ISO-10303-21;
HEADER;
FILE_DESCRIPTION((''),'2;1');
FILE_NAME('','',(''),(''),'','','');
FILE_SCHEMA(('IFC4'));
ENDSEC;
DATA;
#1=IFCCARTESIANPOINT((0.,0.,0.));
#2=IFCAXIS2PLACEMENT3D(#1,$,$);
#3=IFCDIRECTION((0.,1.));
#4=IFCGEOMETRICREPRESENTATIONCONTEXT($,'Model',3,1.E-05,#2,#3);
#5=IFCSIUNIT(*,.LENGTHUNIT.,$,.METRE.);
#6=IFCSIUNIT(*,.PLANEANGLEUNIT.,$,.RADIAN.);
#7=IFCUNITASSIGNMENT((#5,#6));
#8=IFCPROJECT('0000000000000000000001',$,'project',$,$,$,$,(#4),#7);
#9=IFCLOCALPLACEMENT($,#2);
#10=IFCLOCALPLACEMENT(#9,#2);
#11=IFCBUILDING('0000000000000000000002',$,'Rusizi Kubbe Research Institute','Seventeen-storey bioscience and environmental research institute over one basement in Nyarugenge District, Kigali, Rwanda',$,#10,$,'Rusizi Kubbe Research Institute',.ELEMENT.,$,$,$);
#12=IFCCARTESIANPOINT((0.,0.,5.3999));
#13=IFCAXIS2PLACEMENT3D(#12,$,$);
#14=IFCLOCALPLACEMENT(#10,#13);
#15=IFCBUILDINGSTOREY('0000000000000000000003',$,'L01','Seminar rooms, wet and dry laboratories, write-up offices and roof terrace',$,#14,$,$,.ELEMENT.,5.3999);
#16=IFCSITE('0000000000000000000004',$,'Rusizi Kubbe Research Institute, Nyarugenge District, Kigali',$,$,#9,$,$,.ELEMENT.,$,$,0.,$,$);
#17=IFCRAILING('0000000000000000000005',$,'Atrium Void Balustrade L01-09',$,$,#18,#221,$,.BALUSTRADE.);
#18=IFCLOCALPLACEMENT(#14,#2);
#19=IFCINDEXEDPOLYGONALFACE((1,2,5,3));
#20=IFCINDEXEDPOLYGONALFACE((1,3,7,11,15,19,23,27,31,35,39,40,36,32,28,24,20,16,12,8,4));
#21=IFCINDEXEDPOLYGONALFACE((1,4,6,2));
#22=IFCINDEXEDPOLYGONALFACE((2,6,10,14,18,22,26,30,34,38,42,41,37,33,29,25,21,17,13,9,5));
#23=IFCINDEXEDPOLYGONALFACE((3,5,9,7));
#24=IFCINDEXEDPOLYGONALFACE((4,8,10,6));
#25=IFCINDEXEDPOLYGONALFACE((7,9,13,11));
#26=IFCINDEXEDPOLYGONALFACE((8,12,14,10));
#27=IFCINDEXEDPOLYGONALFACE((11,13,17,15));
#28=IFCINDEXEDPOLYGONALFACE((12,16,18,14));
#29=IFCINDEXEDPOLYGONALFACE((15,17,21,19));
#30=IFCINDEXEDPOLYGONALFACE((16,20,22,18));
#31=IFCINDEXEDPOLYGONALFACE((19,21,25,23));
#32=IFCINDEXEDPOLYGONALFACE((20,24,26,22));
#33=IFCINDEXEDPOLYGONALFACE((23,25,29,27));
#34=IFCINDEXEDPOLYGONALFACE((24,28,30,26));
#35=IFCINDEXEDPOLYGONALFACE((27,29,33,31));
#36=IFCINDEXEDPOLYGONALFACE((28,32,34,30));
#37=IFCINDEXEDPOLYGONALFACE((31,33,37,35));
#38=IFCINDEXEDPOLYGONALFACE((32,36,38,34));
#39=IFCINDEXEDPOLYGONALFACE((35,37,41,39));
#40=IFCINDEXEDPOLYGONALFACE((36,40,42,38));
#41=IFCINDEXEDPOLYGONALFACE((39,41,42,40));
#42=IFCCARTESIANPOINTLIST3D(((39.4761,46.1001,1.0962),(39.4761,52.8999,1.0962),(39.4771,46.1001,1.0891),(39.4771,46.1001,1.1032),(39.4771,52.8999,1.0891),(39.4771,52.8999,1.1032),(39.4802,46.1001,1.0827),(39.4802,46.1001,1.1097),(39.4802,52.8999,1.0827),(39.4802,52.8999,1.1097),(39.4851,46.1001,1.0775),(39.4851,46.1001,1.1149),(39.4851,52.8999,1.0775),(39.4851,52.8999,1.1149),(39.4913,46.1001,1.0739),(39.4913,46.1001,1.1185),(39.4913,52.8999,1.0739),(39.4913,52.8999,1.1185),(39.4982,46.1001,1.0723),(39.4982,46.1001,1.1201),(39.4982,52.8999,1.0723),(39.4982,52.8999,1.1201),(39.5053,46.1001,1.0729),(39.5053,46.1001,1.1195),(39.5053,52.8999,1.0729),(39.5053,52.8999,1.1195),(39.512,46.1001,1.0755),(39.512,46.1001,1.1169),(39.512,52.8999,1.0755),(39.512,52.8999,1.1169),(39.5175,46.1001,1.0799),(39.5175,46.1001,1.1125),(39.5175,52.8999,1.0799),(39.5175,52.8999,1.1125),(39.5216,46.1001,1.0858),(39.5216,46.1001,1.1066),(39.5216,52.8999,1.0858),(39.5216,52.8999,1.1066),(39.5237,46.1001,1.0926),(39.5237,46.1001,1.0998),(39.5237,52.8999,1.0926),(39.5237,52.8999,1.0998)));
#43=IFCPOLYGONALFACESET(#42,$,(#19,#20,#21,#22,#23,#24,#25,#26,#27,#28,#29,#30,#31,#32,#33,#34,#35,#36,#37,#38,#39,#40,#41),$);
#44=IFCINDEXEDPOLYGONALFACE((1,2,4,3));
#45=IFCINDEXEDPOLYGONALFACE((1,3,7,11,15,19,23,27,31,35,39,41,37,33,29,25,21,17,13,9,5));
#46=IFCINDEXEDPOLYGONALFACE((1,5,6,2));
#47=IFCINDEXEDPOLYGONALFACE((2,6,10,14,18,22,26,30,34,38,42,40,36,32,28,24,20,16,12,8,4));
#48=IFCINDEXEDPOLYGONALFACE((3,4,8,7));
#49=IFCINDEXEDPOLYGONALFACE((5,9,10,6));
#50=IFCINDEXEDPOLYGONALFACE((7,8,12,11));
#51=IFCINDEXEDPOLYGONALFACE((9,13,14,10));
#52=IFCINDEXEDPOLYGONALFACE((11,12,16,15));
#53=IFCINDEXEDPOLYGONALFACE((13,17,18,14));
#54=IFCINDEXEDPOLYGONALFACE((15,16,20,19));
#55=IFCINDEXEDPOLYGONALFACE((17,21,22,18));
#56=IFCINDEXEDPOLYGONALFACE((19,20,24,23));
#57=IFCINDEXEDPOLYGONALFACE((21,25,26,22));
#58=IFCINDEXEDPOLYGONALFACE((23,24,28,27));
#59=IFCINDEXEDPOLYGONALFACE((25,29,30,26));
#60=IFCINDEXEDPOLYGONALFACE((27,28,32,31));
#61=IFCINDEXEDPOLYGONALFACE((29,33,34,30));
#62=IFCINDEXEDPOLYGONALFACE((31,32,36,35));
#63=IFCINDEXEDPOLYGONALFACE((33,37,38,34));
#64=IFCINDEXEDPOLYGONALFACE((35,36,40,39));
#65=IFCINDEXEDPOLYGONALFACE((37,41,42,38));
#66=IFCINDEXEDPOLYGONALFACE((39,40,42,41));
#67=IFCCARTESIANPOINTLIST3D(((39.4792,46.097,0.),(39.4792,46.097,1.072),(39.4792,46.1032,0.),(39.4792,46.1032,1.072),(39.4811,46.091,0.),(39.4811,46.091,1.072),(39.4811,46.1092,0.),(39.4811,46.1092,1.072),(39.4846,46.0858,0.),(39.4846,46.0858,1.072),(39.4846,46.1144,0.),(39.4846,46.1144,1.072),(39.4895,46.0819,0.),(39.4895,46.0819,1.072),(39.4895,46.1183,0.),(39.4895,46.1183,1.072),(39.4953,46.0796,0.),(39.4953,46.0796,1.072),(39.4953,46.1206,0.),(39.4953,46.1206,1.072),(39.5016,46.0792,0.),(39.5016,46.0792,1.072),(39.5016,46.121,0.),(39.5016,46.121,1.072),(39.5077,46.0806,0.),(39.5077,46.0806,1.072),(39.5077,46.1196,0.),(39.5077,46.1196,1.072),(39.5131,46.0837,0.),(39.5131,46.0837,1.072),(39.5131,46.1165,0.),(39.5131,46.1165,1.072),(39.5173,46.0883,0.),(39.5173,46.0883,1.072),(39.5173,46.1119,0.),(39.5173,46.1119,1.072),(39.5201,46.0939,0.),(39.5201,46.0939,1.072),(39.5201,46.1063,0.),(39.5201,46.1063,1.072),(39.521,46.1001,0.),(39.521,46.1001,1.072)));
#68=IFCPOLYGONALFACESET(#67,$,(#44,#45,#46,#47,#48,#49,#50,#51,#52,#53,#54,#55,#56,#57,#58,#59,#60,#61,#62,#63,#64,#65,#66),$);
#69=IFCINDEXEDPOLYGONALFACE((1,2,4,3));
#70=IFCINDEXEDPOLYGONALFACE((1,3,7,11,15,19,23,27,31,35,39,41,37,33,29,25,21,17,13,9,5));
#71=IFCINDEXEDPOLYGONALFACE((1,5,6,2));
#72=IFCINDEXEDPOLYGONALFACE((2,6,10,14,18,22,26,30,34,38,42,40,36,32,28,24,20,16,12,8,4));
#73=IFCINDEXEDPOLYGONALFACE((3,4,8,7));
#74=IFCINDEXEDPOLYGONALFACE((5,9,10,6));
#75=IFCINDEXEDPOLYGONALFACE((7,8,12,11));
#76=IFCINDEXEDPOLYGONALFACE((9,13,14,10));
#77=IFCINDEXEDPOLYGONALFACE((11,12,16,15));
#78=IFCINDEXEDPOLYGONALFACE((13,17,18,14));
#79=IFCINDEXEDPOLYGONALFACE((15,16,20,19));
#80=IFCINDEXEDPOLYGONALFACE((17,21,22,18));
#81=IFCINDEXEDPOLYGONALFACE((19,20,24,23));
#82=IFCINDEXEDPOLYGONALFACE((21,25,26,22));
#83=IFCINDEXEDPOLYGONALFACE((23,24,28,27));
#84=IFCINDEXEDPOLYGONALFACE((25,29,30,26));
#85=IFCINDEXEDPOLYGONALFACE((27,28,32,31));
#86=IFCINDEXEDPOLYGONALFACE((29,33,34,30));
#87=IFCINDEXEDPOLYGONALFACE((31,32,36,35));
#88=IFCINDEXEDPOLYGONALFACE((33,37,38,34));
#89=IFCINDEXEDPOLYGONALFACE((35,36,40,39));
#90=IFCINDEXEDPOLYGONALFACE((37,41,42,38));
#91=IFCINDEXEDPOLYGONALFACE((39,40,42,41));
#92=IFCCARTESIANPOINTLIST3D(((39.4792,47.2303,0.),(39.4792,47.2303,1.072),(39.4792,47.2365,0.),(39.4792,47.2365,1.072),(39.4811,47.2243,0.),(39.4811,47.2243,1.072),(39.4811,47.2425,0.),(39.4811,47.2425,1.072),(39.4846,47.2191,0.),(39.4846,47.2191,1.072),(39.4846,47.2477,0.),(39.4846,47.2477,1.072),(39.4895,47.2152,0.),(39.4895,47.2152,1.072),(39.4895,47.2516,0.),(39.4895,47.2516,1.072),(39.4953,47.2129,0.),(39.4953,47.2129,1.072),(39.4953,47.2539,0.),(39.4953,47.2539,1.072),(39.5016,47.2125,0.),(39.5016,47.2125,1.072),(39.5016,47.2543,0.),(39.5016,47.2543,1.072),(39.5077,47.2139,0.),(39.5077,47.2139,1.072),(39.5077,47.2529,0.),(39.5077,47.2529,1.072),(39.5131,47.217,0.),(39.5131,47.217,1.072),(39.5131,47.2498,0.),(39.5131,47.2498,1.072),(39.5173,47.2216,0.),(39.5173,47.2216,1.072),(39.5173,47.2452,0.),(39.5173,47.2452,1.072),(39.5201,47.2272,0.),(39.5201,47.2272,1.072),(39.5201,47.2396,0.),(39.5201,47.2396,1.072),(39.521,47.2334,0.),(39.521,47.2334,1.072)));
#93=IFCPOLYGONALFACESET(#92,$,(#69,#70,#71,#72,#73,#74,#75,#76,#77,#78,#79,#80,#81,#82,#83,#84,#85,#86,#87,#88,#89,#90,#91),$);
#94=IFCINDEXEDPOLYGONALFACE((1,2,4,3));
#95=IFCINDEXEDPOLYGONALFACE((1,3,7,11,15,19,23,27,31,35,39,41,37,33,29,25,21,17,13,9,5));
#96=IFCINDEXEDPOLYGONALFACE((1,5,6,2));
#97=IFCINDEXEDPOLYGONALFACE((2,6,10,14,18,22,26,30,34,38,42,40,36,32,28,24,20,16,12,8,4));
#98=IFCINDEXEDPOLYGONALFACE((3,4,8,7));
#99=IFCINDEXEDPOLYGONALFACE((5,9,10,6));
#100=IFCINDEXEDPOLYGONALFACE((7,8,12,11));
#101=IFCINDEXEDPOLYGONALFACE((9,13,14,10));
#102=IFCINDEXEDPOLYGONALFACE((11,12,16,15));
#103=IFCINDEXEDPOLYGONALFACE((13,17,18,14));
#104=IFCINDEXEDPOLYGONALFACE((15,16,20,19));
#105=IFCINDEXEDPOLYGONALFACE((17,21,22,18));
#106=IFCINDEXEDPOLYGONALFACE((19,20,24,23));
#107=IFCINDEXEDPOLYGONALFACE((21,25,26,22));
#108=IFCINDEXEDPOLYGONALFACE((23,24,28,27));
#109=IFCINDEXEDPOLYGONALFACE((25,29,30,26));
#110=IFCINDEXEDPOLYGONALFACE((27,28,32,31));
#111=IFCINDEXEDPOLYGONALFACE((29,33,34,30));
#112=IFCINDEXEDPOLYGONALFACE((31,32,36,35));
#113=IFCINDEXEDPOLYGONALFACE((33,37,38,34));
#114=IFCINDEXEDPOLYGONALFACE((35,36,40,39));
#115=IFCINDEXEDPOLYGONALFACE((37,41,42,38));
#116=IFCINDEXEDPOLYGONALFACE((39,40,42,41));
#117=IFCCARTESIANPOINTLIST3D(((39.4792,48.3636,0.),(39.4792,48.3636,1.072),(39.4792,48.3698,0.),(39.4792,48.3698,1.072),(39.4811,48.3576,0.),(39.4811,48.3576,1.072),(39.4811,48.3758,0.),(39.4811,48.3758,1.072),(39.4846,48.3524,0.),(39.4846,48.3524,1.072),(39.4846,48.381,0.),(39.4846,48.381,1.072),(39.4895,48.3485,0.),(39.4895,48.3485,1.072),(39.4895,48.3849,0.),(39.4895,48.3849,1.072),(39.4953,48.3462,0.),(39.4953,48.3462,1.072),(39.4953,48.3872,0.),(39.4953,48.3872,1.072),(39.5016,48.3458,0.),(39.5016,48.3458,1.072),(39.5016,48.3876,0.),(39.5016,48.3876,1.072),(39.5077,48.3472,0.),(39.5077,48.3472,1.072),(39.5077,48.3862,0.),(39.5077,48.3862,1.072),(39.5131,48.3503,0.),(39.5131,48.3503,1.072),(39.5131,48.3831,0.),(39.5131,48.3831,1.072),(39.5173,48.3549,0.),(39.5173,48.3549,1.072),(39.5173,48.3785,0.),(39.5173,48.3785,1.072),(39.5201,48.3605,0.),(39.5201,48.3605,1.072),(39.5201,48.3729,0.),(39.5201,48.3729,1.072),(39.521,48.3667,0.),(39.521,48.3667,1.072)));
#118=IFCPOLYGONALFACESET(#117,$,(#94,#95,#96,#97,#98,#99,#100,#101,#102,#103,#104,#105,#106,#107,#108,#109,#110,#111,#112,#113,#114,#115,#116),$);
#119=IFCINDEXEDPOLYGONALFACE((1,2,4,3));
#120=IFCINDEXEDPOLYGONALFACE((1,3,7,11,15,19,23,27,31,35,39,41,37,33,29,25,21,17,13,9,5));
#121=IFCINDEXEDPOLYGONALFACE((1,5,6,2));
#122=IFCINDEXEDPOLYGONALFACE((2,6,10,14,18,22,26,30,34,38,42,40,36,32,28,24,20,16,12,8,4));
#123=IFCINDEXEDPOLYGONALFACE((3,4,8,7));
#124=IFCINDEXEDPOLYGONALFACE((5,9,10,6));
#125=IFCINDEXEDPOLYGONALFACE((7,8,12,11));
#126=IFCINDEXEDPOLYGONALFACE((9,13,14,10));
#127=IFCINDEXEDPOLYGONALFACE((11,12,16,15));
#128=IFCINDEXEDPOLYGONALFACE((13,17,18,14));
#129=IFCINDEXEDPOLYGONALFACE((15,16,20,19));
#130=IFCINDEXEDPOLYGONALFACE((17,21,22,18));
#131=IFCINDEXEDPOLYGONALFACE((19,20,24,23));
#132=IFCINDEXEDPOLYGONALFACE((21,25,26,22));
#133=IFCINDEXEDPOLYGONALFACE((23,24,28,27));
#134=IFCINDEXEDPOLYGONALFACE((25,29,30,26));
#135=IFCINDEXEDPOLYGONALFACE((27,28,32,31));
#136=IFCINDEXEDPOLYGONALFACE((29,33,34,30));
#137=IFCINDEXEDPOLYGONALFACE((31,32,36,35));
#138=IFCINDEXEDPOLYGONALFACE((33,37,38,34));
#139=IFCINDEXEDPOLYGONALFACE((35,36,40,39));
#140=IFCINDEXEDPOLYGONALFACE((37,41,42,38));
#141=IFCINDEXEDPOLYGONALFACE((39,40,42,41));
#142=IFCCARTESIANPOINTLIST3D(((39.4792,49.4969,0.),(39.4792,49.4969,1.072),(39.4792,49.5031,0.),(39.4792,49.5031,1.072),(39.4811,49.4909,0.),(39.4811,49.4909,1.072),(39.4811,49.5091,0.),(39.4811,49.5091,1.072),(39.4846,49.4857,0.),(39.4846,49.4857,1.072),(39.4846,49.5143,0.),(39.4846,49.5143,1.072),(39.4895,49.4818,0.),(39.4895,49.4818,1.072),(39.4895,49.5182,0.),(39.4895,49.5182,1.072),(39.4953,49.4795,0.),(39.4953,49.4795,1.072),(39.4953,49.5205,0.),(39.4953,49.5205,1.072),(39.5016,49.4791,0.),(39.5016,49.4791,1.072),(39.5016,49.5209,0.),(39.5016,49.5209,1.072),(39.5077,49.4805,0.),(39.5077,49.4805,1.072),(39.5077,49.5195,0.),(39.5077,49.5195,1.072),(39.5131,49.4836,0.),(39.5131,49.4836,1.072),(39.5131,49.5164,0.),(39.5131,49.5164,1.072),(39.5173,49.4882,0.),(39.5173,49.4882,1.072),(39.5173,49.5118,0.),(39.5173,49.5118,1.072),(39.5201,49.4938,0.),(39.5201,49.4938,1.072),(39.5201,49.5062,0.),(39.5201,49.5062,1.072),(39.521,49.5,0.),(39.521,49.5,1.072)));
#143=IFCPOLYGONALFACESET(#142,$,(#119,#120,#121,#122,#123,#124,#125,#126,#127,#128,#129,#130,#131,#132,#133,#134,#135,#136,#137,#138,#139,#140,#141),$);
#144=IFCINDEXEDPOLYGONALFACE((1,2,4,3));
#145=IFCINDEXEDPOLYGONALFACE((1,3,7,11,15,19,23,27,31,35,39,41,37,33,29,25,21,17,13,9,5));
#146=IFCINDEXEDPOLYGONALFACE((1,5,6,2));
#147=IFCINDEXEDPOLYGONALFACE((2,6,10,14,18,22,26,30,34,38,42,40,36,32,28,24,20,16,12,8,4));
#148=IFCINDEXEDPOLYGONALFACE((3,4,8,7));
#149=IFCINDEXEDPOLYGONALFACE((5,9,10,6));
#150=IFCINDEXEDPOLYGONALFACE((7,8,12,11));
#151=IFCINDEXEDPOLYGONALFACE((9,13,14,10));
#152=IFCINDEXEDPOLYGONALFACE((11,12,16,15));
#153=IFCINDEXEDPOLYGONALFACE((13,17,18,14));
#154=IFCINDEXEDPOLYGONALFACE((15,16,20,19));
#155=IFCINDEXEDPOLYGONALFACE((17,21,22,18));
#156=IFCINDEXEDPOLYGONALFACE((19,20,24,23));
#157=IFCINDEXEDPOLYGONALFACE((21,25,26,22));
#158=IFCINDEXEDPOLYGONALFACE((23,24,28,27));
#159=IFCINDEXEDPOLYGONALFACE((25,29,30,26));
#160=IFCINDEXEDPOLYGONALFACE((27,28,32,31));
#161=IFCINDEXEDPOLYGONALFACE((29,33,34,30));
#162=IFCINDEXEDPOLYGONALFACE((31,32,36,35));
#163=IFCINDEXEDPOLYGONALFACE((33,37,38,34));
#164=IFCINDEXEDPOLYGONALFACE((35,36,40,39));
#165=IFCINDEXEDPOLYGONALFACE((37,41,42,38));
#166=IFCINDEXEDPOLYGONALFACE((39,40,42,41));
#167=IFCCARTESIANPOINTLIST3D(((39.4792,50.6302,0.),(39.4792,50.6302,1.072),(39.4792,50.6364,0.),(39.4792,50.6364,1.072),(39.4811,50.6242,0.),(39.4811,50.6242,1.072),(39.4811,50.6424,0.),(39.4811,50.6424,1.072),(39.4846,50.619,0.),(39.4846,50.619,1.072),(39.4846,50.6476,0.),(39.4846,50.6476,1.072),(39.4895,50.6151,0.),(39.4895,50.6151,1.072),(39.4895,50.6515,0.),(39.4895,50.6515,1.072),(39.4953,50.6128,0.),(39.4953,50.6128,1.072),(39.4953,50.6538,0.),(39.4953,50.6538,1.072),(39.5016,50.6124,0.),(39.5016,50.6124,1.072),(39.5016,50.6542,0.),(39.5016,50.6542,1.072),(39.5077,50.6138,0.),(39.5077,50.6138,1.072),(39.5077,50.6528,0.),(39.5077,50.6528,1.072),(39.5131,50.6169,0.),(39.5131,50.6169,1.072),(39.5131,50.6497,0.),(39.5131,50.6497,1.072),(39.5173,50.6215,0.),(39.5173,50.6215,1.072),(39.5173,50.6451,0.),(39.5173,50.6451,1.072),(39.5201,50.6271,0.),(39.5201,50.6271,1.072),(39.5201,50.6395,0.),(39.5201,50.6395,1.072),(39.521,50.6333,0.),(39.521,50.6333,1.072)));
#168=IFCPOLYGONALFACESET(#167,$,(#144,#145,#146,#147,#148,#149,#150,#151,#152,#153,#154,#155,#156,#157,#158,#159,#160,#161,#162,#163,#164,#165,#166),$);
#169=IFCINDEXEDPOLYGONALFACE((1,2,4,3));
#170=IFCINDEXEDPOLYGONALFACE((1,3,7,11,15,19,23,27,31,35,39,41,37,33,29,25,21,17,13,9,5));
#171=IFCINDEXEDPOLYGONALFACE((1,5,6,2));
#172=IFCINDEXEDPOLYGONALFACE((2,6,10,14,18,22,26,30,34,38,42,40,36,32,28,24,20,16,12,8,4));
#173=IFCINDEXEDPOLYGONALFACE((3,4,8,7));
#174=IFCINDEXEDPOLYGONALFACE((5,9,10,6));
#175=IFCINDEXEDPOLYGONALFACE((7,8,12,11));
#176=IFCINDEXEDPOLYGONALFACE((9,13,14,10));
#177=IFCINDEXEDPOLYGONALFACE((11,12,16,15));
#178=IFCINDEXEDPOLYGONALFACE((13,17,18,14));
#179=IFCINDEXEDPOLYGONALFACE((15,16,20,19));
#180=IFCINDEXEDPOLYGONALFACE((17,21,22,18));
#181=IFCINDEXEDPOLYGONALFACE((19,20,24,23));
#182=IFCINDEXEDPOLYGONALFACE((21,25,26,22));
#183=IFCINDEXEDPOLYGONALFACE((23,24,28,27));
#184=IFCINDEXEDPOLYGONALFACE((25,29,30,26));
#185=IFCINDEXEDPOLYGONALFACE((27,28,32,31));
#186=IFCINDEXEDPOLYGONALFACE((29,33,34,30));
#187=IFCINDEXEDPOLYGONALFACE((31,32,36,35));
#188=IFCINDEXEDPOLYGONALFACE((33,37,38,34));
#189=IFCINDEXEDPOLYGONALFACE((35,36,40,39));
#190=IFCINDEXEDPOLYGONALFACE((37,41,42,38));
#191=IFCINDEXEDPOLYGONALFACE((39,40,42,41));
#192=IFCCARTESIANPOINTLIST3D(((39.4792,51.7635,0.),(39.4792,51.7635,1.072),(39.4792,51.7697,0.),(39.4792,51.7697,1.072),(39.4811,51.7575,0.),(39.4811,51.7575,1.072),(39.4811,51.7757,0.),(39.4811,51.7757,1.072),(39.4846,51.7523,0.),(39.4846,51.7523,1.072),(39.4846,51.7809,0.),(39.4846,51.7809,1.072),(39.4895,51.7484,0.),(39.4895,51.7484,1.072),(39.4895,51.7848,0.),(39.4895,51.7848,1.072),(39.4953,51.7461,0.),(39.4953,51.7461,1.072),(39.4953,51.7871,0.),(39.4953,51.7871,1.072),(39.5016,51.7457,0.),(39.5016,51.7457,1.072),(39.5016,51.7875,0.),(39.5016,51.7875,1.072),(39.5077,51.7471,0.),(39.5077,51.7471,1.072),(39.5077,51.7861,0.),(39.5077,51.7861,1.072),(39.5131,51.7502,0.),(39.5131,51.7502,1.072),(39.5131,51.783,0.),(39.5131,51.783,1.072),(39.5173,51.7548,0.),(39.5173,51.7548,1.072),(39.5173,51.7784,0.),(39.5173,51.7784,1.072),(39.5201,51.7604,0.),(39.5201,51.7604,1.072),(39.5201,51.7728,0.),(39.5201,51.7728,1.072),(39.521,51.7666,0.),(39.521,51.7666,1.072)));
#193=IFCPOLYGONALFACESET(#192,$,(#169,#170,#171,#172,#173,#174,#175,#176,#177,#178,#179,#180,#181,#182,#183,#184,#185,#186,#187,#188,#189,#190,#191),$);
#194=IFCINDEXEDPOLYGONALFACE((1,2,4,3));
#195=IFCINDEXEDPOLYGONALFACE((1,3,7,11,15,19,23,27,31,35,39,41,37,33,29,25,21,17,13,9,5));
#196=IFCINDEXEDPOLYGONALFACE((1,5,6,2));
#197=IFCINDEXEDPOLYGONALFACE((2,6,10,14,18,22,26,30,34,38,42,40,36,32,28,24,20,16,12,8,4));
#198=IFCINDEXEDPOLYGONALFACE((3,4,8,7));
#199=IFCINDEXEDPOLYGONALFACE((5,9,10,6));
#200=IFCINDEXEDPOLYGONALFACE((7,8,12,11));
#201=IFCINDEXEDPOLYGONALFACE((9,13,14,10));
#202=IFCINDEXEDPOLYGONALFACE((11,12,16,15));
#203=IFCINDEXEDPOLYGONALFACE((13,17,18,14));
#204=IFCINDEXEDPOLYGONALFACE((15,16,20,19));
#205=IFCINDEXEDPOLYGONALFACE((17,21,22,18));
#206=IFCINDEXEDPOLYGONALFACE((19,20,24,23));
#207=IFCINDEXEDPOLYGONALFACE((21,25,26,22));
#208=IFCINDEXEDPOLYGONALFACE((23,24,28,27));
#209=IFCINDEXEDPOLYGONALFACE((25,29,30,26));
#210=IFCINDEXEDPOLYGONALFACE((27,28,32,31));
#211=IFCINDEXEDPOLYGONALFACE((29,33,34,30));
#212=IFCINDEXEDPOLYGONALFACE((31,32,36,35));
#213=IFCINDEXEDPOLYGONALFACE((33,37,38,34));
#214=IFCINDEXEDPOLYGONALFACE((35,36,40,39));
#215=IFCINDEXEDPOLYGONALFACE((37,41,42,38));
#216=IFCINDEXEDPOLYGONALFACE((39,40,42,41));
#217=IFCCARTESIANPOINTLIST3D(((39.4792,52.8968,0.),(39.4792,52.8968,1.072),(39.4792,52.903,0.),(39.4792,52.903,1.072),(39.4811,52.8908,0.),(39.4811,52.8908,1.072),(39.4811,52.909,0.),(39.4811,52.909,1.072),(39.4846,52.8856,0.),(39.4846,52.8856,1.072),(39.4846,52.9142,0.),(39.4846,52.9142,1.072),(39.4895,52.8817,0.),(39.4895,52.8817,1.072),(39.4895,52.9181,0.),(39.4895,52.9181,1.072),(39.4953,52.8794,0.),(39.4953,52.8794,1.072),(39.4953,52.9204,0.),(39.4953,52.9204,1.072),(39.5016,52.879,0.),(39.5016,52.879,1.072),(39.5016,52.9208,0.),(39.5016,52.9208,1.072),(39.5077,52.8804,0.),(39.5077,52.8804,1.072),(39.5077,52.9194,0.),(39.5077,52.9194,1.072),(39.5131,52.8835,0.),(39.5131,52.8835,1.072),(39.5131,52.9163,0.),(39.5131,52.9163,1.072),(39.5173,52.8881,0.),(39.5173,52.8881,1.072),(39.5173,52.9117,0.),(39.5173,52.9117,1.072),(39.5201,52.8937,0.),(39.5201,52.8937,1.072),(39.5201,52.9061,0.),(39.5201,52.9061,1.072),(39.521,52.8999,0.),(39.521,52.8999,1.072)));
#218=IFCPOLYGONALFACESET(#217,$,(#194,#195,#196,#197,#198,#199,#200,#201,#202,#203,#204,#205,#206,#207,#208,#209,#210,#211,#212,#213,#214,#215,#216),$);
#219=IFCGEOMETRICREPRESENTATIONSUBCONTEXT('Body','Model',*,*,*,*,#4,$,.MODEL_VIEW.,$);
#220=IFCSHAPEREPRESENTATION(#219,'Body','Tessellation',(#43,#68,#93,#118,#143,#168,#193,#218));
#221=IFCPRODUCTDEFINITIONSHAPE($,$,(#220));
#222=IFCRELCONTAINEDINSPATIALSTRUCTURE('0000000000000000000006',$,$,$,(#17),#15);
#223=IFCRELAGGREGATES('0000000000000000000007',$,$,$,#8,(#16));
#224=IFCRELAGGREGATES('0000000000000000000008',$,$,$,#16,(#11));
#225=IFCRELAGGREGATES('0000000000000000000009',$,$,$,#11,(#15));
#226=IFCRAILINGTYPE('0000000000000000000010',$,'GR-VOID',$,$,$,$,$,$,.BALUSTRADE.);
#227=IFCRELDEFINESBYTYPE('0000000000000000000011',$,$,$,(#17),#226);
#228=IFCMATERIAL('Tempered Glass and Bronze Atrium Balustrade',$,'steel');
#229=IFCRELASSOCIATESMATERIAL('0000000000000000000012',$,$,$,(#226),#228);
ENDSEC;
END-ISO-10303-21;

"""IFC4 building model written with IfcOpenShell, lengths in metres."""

from ifc_helpers import new_model, si_unit, direction, frame, origin, origin_2d, place, context, subcontext, project, spatial, circle, extrude, material, type_object, element, save


model = new_model("IFC4")

# Units and contexts
model_context = context("Model", 3, precision=1e-05, world=origin(), true_north=direction((0.0, 1.0)))
body_context = subcontext(model_context, "Body", "Model", "MODEL_VIEW")
ifc_project = project(units=[si_unit("LENGTHUNIT", "METRE"), si_unit("PLANEANGLEUNIT", "RADIAN")], contexts=[model_context])

# Site, building, storey
site_placement = place(None, origin())
site = spatial("IfcSite", under=ifc_project, at=site_placement, Name="Rusizi Kubbe Research Institute, Nyarugenge District, Kigali", CompositionType="ELEMENT", RefElevation=0.0)
building_placement = place(site_placement, origin())
building = spatial("IfcBuilding", under=site, at=building_placement, Name="Rusizi Kubbe Research Institute", Description="Seventeen-storey bioscience and environmental research institute over one basement in Nyarugenge District, Kigali, Rwanda", LongName="Rusizi Kubbe Research Institute", CompositionType="ELEMENT")
storey_placement = place(building_placement, frame((0.0, 0.0, 5.3999)))
storey = spatial("IfcBuildingStorey", under=building, at=storey_placement, Name="L01", Description="Seminar rooms, wet and dry laboratories, write-up offices and roof terrace", CompositionType="ELEMENT", Elevation=5.3999)

# Railing
ifc_material_1 = material(Name="Tempered Glass and Bronze Atrium Balustrade", Category="steel")
railing_type = type_object("IfcRailingType", Name="GR-VOID", PredefinedType="BALUSTRADE", material=ifc_material_1)
railing_placement = place(storey_placement, frame((39.5, 46.1001, 0.0)))
element("IfcRailing", 1, at=railing_placement, inside=storey, type_object=railing_type, Name="Atrium Void Balustrade L01-09", PredefinedType="BALUSTRADE", context=body_context, shape_type="SweptSolid", body=[
    extrude(circle(Radius=0.0239, at=origin_2d()), frame((0.0, 0.0, 1.0962), z_axis=(0.0, 1.0, 0.0), x_axis=(-1.0, 0.0, 0.0)), (0.0, 0.0, 1.0), 6.7998),
    extrude(circle(Radius=0.021, at=origin_2d()), origin(), (0.0, 0.0, 1.0), 1.072),
    extrude(circle(Radius=0.021, at=origin_2d()), frame((0.0, 1.1333, 0.0)), (0.0, 0.0, 1.0), 1.072),
    extrude(circle(Radius=0.021, at=origin_2d()), frame((0.0, 2.2666, 0.0)), (0.0, 0.0, 1.0), 1.072),
    extrude(circle(Radius=0.021, at=origin_2d()), frame((0.0, 3.3999, 0.0)), (0.0, 0.0, 1.0), 1.072),
    extrude(circle(Radius=0.021, at=origin_2d()), frame((0.0, 4.5332, 0.0)), (0.0, 0.0, 1.0), 1.072),
    extrude(circle(Radius=0.021, at=origin_2d()), frame((0.0, 5.6665, 0.0)), (0.0, 0.0, 1.0), 1.072),
    extrude(circle(Radius=0.021, at=origin_2d()), frame((0.0, 6.7998, 0.0)), (0.0, 0.0, 1.0), 1.072),
])

save(model, "model.ifc")
